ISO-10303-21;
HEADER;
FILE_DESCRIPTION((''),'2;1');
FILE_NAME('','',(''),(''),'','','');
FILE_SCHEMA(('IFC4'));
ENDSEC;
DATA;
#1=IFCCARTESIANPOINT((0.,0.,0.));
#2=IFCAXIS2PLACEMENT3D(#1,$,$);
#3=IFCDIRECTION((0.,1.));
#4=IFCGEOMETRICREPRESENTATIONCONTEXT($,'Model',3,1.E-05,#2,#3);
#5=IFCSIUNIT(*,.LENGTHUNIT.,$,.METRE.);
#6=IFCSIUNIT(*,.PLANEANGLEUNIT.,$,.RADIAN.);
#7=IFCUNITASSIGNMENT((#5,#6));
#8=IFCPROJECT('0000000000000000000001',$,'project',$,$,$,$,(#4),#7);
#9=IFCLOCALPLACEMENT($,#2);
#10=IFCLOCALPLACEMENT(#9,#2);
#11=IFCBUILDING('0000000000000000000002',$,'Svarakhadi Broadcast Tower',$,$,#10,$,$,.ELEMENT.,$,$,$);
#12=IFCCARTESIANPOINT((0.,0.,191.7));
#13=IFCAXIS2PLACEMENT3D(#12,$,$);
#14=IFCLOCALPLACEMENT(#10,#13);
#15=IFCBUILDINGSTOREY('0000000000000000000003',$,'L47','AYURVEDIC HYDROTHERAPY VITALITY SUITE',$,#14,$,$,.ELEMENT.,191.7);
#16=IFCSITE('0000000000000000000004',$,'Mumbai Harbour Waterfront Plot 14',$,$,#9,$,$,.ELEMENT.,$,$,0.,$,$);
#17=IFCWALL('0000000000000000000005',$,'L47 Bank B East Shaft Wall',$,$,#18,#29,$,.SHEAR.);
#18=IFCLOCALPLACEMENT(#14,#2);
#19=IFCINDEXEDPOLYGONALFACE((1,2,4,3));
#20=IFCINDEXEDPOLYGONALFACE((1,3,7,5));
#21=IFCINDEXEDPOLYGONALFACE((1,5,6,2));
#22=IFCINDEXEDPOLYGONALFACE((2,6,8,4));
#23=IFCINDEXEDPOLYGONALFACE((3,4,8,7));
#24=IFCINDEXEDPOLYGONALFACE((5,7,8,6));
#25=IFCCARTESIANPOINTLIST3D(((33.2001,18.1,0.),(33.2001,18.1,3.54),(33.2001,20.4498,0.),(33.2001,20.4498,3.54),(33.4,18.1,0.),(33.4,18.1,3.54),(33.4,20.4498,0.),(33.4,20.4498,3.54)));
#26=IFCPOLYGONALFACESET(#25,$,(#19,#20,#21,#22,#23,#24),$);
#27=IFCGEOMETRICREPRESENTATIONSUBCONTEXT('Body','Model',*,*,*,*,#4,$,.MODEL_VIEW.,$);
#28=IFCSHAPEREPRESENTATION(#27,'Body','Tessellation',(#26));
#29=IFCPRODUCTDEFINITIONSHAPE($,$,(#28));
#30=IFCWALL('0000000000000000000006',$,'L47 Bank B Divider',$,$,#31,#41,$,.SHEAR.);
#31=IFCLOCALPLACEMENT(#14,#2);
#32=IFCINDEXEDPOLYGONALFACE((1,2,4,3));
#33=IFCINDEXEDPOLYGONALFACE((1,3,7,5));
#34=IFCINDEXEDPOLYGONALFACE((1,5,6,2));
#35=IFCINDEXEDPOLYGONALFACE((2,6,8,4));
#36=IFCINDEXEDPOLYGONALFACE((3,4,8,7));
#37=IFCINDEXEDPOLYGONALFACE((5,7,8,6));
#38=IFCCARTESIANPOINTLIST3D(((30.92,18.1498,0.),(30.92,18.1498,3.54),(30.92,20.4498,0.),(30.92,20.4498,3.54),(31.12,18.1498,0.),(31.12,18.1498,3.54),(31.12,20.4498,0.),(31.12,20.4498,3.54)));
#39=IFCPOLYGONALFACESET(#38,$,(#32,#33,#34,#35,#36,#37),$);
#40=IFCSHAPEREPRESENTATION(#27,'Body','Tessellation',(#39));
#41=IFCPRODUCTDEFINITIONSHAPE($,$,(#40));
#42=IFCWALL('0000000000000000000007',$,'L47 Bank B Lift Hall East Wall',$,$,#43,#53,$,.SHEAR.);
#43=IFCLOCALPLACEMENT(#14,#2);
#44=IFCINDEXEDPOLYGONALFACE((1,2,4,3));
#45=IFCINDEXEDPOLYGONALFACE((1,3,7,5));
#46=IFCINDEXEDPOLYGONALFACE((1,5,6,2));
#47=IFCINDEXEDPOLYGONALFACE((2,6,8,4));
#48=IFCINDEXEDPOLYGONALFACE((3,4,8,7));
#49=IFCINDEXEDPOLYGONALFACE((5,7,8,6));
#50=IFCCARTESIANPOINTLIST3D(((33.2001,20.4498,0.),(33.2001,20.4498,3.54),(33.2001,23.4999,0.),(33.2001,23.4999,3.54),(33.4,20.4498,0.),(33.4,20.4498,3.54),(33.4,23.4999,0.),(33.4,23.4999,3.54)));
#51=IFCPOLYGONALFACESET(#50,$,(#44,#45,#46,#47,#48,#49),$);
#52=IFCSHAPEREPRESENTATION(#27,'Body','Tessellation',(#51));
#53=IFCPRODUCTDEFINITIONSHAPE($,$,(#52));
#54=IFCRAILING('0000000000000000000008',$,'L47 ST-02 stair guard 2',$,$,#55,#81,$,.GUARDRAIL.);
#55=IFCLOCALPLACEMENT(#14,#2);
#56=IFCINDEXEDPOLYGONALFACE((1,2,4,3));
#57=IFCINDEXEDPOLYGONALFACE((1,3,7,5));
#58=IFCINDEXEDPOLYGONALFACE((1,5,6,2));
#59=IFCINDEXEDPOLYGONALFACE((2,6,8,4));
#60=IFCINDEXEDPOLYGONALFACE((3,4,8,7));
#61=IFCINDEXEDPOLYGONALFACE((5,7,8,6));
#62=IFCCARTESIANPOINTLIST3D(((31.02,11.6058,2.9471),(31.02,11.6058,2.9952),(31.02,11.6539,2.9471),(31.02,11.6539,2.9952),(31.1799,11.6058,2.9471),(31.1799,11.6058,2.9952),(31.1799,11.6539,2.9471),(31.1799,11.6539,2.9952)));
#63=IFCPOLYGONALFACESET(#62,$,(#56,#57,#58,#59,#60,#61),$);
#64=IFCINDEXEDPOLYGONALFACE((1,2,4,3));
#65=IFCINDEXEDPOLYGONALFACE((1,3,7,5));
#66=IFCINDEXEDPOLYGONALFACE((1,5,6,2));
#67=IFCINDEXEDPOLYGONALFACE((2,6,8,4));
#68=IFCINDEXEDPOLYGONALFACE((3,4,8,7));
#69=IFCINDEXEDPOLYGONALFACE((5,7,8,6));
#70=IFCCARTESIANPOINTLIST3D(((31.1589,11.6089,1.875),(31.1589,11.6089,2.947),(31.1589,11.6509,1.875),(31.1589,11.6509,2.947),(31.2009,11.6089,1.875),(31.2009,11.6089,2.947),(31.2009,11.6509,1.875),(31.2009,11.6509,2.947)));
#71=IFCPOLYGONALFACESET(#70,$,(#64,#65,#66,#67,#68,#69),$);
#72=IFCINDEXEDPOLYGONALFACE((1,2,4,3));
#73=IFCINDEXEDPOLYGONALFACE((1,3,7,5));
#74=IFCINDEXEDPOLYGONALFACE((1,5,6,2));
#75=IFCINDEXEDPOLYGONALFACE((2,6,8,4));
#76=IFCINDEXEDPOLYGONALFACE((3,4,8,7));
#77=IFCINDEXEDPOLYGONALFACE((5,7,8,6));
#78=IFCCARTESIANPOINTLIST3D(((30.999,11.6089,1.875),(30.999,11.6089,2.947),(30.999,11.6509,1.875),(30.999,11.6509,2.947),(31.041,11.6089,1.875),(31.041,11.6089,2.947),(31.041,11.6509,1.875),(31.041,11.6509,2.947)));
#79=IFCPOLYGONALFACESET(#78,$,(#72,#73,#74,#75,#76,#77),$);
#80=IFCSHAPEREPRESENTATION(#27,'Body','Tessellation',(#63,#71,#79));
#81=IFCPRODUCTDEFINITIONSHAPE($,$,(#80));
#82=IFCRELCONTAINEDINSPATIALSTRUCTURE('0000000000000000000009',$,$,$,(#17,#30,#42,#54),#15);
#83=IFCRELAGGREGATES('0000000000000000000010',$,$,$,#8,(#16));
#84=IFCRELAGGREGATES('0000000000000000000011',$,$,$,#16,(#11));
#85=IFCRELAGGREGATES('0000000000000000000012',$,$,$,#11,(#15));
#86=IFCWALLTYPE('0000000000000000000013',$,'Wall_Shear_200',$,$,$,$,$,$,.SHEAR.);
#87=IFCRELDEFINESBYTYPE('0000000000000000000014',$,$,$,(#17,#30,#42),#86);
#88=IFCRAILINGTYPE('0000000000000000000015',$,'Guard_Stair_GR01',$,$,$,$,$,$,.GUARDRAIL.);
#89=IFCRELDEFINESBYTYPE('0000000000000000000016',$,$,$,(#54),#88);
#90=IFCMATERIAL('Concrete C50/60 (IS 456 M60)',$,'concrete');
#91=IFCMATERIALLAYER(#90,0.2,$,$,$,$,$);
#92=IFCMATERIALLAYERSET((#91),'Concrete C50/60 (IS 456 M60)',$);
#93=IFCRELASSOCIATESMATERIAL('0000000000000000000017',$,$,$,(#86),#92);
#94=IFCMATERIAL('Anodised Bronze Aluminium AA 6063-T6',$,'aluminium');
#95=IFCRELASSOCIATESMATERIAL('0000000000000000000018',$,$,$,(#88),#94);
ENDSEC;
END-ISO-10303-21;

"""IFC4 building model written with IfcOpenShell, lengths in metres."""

from ifc_helpers import new_model, si_unit, direction, frame, frame_2d, origin, origin_2d, place, context, subcontext, project, spatial, rectangle, extrude, material, layer, layer_set, type_object, element, save


model = new_model("IFC4")

# Units and contexts
model_context = context("Model", 3, precision=1e-05, world=origin(), true_north=direction((0.0, 1.0)))
body_context = subcontext(model_context, "Body", "Model", "MODEL_VIEW")
ifc_project = project(units=[si_unit("LENGTHUNIT", "METRE"), si_unit("PLANEANGLEUNIT", "RADIAN")], contexts=[model_context])

# Site, building, storey
site_placement = place(None, origin())
site = spatial("IfcSite", under=ifc_project, at=site_placement, Name="Mumbai Harbour Waterfront Plot 14", CompositionType="ELEMENT", RefElevation=0.0)
building_placement = place(site_placement, origin())
building = spatial("IfcBuilding", under=site, at=building_placement, Name="Svarakhadi Broadcast Tower", CompositionType="ELEMENT")
storey_placement = place(building_placement, frame((0.0, 0.0, 191.7)))
storey = spatial("IfcBuildingStorey", under=building, at=storey_placement, Name="L47", Description="AYURVEDIC HYDROTHERAPY VITALITY SUITE", CompositionType="ELEMENT", Elevation=191.7)

# Shared definitions
ifc_material_1 = material(Name="Concrete C50/60 (IS 456 M60)", Category="concrete")

# Shared definitions
ifc_material_2 = material(Name="Anodised Bronze Aluminium AA 6063-T6", Category="aluminium")

# Walls
ifc_layer_1 = layer(ifc_material_1, 0.2)
ifc_layer_set_1 = layer_set([ifc_layer_1], Name="Concrete C50/60 (IS 456 M60)")
wall_type_1 = type_object("IfcWallType", Name="Wall_Shear_200", PredefinedType="SHEAR", material=ifc_layer_set_1)
wall_1_placement = place(storey_placement, frame((33.3, 18.1001, 0.0), z_axis=(0.0, 0.0, 1.0), x_axis=(0.0, 1.0, 0.0)))
element("IfcWall", 1, at=wall_1_placement, inside=storey, type_object=wall_type_1, Name="L47 Bank B East Shaft Wall", PredefinedType="SHEAR", context=body_context, shape_type="SweptSolid", body=[
    extrude(rectangle(XDim=2.3499, YDim=0.2, at=frame_2d((1.1748, 0.0))), origin(), (0.0, 0.0, 1.0), 3.54),
])
wall_2_placement = place(storey_placement, frame((31.02, 18.1499, 0.0), z_axis=(0.0, 0.0, 1.0), x_axis=(0.0, 1.0, 0.0)))
element("IfcWall", 2, at=wall_2_placement, inside=storey, type_object=wall_type_1, Name="L47 Bank B Divider", PredefinedType="SHEAR", context=body_context, shape_type="SweptSolid", body=[
    extrude(rectangle(XDim=2.3, YDim=0.2, at=frame_2d((1.1499, 0.0))), origin(), (0.0, 0.0, 1.0), 3.54),
])
wall_3_placement = place(storey_placement, frame((33.3, 20.45, 0.0), z_axis=(0.0, 0.0, 1.0), x_axis=(0.0, 1.0, 0.0)))
element("IfcWall", 3, at=wall_3_placement, inside=storey, type_object=wall_type_1, Name="L47 Bank B Lift Hall East Wall", PredefinedType="SHEAR", context=body_context, shape_type="SweptSolid", body=[
    extrude(rectangle(XDim=3.05, YDim=0.2, at=frame_2d((1.5249, 0.0))), origin(), (0.0, 0.0, 1.0), 3.54),
])

# Railing
railing_type = type_object("IfcRailingType", Name="Guard_Stair_GR01", PredefinedType="GUARDRAIL", material=ifc_material_2)
railing_placement = place(storey_placement, frame((31.1799, 11.6299, 1.875)))
element("IfcRailing", 4, at=railing_placement, inside=storey, type_object=railing_type, Name="L47 ST-02 stair guard 2", PredefinedType="GUARDRAIL", context=body_context, shape_type="SweptSolid", body=[
    extrude(rectangle(XDim=0.0481, YDim=0.0481, at=origin_2d()), frame((0.0, 0.0, 1.0962), z_axis=(-1.0, 0.0, 0.0), x_axis=(0.0, -1.0, 0.0)), (0.0, 0.0, 1.0), 0.1599),
    extrude(rectangle(XDim=0.042, YDim=0.042, at=origin_2d()), origin(), (0.0, 0.0, 1.0), 1.072),
    extrude(rectangle(XDim=0.042, YDim=0.042, at=origin_2d()), frame((-0.1599, 0.0, 0.0)), (0.0, 0.0, 1.0), 1.072),
])

save(model, "model.ifc")
